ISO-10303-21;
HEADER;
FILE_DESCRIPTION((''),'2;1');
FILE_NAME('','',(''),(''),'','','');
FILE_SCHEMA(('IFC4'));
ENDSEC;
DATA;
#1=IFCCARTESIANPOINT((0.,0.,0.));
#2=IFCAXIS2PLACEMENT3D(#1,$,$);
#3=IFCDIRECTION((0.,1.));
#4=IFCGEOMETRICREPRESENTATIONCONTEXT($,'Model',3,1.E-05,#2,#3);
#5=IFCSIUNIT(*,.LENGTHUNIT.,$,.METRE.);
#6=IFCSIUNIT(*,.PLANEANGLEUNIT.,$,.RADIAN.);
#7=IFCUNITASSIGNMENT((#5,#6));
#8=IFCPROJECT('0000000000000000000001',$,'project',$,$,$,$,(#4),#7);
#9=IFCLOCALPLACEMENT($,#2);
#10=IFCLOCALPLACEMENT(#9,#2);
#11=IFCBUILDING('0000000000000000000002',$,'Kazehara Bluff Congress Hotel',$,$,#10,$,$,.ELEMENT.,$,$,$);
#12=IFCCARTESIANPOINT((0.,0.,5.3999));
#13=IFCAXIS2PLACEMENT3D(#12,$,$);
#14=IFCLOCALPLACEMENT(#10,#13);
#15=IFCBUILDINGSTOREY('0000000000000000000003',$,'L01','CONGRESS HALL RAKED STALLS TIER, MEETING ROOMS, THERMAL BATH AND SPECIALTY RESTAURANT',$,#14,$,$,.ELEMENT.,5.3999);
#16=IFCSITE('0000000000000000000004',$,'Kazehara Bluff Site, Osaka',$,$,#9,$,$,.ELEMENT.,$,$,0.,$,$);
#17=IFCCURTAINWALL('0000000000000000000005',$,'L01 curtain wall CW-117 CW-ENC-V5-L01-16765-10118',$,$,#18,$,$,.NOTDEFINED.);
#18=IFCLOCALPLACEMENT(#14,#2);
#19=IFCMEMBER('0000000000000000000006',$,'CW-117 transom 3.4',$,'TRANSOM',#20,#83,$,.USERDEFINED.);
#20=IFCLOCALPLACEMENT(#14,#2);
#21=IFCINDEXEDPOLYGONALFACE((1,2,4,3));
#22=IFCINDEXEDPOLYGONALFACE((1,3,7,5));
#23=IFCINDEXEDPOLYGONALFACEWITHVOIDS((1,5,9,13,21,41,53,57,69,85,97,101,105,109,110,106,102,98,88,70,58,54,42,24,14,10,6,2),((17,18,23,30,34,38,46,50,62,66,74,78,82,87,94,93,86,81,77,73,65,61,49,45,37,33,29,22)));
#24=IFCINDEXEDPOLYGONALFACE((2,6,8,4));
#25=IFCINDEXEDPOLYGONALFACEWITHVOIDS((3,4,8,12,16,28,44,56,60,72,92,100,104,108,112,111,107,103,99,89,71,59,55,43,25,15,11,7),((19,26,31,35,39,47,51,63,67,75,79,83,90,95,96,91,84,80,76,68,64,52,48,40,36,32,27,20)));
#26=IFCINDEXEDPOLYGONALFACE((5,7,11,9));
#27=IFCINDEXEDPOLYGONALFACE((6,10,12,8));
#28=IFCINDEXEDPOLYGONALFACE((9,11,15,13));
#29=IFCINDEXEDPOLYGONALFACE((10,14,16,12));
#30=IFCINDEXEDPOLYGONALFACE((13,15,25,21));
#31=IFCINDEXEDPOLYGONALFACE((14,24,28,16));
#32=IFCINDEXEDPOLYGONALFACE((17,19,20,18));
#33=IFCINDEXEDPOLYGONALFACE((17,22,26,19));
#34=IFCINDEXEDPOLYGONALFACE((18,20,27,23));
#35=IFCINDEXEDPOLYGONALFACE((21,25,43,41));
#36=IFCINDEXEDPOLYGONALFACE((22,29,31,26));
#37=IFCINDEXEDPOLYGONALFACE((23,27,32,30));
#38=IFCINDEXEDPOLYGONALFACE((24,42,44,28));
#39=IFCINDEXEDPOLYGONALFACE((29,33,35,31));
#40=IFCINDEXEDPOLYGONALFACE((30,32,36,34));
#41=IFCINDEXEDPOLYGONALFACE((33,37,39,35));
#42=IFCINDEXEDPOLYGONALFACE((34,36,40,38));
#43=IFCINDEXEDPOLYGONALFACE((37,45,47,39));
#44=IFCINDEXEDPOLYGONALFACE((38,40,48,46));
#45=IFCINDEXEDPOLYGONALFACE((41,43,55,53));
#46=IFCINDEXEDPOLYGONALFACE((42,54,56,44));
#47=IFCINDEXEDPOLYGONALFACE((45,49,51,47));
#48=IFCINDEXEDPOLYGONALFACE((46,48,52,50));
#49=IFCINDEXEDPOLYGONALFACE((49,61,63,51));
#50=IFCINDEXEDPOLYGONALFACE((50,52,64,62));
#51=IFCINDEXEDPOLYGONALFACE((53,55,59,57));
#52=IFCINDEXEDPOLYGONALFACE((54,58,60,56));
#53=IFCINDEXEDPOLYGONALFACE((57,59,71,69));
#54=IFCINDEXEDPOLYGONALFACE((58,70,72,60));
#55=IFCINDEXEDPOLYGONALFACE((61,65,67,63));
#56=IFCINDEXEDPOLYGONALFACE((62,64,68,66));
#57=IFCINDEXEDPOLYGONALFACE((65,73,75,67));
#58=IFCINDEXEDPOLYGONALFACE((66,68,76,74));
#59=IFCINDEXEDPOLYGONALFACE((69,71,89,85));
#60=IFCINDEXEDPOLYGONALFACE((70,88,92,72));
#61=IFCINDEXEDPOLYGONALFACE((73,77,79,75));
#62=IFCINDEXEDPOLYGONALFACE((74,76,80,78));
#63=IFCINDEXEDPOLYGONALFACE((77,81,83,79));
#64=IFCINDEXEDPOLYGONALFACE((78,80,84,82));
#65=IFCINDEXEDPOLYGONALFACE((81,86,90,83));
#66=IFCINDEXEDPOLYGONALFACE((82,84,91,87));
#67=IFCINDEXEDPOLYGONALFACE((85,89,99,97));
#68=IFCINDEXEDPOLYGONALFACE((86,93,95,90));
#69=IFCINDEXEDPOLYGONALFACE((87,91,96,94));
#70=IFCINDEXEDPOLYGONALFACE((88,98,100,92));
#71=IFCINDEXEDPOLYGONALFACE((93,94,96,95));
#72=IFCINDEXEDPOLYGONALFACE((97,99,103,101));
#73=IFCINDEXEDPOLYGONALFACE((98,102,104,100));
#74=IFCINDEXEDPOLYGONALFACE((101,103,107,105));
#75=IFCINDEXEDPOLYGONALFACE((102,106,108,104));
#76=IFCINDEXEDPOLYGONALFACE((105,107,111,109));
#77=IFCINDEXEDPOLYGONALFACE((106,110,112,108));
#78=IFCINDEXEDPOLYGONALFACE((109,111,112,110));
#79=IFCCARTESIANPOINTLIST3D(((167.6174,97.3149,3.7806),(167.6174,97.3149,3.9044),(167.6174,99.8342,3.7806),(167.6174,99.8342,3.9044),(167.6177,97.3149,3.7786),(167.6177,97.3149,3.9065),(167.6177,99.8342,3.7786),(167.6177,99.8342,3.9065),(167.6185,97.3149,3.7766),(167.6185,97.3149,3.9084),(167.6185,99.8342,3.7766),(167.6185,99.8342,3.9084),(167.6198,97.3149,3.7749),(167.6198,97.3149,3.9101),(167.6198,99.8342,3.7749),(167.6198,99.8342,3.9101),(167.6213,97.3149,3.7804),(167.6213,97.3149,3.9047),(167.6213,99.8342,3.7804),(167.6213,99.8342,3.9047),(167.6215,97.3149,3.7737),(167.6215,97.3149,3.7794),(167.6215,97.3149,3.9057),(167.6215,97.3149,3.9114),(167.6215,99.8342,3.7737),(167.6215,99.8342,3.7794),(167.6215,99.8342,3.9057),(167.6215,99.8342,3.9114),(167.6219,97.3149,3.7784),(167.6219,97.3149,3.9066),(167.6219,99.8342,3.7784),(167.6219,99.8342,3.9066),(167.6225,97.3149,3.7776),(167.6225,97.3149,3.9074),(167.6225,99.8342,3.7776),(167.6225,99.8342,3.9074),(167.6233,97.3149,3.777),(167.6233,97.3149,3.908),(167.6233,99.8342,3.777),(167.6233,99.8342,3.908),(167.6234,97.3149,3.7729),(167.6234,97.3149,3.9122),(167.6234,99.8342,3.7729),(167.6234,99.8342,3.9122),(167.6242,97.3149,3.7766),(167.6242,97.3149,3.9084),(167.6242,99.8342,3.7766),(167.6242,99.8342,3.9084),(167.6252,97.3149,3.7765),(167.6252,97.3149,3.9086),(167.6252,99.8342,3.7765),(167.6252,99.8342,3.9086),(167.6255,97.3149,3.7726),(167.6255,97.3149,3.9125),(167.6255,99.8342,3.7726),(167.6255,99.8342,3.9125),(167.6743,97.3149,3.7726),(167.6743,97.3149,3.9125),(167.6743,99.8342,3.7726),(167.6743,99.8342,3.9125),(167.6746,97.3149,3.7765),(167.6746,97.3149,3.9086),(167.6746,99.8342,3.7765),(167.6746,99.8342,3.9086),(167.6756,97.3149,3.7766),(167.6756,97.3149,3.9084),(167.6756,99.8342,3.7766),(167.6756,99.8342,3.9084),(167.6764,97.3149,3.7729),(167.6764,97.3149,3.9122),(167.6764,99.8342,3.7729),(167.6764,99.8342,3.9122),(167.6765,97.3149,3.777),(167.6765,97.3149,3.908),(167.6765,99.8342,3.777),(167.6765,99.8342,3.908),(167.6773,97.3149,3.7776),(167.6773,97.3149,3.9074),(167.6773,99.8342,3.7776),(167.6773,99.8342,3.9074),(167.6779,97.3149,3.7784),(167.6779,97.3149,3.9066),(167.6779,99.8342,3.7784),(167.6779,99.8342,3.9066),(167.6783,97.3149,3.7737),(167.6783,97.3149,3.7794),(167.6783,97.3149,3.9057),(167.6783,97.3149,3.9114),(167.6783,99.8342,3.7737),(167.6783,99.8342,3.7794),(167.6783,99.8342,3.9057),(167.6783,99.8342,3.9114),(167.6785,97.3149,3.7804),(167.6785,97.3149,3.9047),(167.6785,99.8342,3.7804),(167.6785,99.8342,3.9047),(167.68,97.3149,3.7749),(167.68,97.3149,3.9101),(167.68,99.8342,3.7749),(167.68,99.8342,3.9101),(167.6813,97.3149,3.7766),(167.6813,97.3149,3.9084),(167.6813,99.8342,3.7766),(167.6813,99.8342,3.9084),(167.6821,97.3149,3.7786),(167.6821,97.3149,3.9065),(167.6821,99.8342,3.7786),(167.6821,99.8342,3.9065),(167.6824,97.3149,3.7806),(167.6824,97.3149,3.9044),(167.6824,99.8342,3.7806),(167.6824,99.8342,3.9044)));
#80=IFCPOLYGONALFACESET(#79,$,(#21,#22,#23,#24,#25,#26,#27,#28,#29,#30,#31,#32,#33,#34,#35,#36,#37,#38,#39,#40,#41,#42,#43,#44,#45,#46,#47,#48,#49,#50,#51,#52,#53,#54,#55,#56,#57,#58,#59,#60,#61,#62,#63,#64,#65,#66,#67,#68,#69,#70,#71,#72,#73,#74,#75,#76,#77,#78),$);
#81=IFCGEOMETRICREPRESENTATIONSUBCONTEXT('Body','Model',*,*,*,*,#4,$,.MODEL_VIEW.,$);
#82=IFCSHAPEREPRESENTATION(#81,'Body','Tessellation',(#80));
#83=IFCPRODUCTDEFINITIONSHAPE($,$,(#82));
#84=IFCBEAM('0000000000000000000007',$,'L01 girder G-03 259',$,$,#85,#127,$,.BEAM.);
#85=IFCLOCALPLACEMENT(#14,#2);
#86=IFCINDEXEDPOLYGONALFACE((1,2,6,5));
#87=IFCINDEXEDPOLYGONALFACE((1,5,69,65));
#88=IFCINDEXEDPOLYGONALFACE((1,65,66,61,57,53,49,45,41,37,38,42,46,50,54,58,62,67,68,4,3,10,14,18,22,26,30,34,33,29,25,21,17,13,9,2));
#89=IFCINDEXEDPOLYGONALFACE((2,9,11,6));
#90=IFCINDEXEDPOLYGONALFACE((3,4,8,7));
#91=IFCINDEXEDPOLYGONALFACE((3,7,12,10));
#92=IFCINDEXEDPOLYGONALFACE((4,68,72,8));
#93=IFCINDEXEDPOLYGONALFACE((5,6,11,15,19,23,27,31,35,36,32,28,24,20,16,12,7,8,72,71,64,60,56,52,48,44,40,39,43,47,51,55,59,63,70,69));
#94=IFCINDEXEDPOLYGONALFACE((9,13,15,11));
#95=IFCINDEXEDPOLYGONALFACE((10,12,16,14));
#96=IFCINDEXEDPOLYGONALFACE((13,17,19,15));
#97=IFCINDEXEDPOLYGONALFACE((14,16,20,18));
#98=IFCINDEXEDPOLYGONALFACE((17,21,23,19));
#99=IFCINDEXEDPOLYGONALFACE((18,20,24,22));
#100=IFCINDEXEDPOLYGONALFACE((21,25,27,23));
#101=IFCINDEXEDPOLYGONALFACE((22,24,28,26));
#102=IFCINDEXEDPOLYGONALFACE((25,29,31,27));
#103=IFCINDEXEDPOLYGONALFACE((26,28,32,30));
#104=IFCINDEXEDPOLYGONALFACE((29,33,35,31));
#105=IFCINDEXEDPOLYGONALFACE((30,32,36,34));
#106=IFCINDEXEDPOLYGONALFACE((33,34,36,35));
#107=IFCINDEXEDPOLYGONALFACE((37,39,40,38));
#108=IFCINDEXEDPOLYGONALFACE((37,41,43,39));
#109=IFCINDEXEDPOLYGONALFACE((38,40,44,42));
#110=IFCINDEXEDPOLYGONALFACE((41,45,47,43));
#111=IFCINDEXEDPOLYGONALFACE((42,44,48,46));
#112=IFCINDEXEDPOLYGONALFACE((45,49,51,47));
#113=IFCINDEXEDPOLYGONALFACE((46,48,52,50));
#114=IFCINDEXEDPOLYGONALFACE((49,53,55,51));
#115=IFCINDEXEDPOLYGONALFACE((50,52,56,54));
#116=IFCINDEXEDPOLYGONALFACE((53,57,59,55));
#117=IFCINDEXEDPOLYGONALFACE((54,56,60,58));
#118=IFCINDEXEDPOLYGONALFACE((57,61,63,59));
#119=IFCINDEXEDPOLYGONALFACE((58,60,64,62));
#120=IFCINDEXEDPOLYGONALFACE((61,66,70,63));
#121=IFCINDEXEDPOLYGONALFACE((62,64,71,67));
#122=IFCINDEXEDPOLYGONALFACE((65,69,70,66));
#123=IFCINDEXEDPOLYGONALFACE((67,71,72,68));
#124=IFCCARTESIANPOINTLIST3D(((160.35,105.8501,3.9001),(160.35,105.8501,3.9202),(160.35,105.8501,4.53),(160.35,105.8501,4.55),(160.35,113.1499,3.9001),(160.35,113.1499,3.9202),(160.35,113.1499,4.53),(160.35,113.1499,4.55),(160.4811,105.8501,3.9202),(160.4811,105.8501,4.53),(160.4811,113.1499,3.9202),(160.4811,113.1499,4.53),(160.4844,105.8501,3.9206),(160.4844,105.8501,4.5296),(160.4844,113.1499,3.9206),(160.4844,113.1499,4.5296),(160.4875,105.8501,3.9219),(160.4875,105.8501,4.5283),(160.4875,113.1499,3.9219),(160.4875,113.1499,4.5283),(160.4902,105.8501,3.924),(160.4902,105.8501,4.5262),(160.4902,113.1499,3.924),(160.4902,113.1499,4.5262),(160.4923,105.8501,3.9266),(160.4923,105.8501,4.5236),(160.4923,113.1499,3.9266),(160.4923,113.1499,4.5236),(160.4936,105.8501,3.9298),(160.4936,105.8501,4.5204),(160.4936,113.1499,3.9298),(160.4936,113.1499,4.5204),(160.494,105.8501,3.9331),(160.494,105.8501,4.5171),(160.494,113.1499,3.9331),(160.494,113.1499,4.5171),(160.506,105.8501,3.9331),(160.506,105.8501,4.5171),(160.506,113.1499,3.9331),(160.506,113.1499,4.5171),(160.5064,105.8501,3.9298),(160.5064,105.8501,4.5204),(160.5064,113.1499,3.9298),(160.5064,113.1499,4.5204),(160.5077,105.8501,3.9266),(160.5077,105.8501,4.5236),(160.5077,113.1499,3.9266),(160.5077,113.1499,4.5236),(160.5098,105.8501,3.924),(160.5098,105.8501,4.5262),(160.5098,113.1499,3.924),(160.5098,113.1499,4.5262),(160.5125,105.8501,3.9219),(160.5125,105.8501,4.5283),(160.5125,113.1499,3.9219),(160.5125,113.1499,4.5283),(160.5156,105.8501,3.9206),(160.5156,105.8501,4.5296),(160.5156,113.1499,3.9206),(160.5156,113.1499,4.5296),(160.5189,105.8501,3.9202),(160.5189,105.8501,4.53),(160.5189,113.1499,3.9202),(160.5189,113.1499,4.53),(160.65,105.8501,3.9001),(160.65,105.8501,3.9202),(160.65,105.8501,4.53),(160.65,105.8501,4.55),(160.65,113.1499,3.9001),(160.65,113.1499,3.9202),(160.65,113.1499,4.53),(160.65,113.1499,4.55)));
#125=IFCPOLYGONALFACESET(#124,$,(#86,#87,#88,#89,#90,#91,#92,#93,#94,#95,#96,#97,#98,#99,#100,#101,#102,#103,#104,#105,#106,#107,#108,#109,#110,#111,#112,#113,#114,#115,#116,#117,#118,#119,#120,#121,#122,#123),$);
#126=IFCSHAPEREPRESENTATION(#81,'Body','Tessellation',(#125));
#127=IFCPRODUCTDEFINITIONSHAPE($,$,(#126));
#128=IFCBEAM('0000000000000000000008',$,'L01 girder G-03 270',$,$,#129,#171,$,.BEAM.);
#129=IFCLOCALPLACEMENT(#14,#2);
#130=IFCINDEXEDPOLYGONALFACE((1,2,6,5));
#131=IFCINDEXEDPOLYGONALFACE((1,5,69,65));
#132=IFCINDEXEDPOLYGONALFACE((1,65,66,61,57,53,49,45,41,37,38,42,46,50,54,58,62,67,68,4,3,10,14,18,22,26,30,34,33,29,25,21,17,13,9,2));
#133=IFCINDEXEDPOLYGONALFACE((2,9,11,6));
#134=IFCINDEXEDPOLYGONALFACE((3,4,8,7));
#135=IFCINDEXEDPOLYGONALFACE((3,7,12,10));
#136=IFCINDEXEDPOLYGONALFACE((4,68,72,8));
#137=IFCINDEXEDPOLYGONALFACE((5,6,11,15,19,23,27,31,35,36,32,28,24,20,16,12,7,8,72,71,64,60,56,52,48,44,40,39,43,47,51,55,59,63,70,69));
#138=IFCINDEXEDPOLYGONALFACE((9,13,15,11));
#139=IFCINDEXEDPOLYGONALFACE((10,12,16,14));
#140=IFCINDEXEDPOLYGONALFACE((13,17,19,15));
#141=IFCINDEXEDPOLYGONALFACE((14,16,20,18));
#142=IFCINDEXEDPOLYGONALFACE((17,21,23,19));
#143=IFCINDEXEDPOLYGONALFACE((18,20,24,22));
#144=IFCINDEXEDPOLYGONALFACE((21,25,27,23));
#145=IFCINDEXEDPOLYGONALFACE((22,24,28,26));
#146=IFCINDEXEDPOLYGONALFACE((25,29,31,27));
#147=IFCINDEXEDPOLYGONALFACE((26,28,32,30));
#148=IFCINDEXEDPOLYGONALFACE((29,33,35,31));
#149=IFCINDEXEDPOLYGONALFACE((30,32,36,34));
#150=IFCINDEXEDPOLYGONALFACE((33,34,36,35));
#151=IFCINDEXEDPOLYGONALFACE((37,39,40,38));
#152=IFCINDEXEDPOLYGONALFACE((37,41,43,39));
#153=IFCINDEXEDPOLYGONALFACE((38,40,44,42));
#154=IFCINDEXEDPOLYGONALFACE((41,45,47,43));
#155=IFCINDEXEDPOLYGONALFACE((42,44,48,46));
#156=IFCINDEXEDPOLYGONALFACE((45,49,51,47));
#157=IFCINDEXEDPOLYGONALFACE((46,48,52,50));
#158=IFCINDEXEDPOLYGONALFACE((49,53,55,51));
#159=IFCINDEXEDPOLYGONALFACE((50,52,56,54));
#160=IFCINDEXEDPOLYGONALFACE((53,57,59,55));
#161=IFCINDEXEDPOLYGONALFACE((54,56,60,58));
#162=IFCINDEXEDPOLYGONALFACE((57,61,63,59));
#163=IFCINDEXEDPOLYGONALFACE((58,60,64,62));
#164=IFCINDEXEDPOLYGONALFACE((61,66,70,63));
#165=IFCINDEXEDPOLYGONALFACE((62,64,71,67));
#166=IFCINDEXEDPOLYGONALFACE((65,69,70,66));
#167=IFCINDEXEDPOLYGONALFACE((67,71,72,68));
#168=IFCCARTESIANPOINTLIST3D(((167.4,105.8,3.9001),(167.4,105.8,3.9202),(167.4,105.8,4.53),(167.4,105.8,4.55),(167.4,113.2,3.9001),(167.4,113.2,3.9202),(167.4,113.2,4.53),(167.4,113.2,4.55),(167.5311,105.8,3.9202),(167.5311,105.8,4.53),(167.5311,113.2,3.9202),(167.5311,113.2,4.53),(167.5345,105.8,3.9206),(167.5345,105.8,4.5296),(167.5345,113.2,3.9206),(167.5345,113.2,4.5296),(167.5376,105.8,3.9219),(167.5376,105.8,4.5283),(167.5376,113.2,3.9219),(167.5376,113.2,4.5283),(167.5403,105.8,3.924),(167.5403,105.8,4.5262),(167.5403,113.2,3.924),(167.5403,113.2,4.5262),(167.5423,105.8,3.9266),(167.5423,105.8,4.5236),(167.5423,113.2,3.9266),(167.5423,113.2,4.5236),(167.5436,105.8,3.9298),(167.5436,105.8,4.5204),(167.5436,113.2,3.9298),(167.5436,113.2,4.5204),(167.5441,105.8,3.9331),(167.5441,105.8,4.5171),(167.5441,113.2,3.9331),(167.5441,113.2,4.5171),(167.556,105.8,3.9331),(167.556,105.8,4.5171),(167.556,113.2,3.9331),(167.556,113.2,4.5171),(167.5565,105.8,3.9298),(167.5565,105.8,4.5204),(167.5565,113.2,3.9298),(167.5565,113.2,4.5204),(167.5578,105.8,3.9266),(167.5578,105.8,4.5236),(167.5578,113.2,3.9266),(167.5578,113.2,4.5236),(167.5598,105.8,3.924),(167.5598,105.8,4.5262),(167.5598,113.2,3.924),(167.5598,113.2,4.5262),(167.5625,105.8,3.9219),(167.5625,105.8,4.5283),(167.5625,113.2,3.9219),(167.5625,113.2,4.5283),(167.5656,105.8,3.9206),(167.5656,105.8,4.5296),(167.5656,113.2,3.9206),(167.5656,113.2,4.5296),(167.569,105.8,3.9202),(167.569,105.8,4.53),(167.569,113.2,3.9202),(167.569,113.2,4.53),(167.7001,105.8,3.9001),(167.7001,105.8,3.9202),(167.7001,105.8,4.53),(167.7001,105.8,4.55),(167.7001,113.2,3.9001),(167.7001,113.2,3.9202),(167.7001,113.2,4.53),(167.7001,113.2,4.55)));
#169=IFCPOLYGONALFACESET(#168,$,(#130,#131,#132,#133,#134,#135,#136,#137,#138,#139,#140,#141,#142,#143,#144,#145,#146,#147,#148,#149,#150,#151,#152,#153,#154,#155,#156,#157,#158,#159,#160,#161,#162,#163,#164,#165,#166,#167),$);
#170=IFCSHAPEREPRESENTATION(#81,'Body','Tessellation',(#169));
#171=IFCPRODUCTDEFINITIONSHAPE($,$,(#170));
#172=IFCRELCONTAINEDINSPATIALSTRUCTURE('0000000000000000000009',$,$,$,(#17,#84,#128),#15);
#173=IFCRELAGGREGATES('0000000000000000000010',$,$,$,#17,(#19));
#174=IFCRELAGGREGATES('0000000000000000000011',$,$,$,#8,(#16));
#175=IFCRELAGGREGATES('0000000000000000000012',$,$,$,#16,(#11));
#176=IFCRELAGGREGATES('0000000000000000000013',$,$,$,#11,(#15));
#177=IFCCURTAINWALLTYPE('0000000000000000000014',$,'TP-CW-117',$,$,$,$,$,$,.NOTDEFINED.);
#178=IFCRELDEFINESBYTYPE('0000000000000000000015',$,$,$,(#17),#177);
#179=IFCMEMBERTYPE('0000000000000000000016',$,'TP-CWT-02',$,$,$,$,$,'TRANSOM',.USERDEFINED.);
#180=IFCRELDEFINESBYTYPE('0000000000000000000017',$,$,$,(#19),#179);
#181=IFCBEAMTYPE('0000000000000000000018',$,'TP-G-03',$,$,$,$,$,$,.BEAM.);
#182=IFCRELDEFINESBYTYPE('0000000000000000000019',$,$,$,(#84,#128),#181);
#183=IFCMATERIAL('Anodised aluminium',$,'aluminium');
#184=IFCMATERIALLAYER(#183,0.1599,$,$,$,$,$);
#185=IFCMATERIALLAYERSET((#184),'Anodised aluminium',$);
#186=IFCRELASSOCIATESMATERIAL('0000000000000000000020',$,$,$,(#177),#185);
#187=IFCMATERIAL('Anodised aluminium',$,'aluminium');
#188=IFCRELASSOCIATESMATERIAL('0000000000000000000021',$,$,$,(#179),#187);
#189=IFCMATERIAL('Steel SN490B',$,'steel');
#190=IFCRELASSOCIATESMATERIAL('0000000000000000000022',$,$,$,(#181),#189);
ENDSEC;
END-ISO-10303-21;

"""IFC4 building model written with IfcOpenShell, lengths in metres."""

from ifc_helpers import new_model, si_unit, direction, frame, origin, origin_2d, place, context, subcontext, project, spatial, hollow_rectangle, i_section, extrude, material, layer, layer_set, material_profile, profile_set, type_object, element, aggregate, save


model = new_model("IFC4")

# Units and contexts
model_context = context("Model", 3, precision=1e-05, world=origin(), true_north=direction((0.0, 1.0)))
body_context = subcontext(model_context, "Body", "Model", "MODEL_VIEW")
ifc_project = project(units=[si_unit("LENGTHUNIT", "METRE"), si_unit("PLANEANGLEUNIT", "RADIAN")], contexts=[model_context])

# Site, building, storey
site_placement = place(None, origin())
site = spatial("IfcSite", under=ifc_project, at=site_placement, Name="Kazehara Bluff Site, Osaka", CompositionType="ELEMENT", RefElevation=0.0)
building_placement = place(site_placement, origin())
building = spatial("IfcBuilding", under=site, at=building_placement, Name="Kazehara Bluff Congress Hotel", CompositionType="ELEMENT")
storey_placement = place(building_placement, frame((0.0, 0.0, 5.3999)))
storey = spatial("IfcBuildingStorey", under=building, at=storey_placement, Name="L01", Description="CONGRESS HALL RAKED STALLS TIER, MEETING ROOMS, THERMAL BATH AND SPECIALTY RESTAURANT", CompositionType="ELEMENT", Elevation=5.3999)

# Curtain wall
ifc_material_1 = material(Name="Anodised aluminium", Category="aluminium")
ifc_layer_1 = layer(ifc_material_1, 0.1599)
ifc_layer_set_1 = layer_set([ifc_layer_1], Name="Anodised aluminium")
curtain_wall_type_1 = type_object("IfcCurtainWallType", Name="TP-CW-117", PredefinedType="NOTDEFINED", material=ifc_layer_set_1)
curtain_wall_1_placement = place(storey_placement, origin())
curtain_wall_1 = element("IfcCurtainWall", 1, at=curtain_wall_1_placement, inside=storey, type_object=curtain_wall_type_1, Name="L01 curtain wall CW-117 CW-ENC-V5-L01-16765-10118", PredefinedType="NOTDEFINED")

# Member
ifc_material_2 = material(Name="Anodised aluminium", Category="aluminium")
ifc_material_profile_1 = material_profile(ifc_material_2, hollow_rectangle(XDim=0.0649, YDim=0.1399, WallThickness=0.0039, InnerFilletRadius=0.0039, OuterFilletRadius=0.0081, at=origin_2d()))
ifc_profile_set_1 = profile_set([ifc_material_profile_1], Name="Anodised aluminium")
member_type_1 = type_object("IfcMemberType", Name="TP-CWT-02", ElementType="TRANSOM", PredefinedType="USERDEFINED", material=ifc_profile_set_1)
member_1_placement = place(storey_placement, frame((167.6499, 99.8342, 3.8425), z_axis=(0.0, -1.0, 0.0), x_axis=(1.0, 0.0, 0.0)))
member_1 = element("IfcMember", 2, at=member_1_placement, type_object=member_type_1, Name="CW-117 transom 3.4", ObjectType="TRANSOM", PredefinedType="USERDEFINED", context=body_context, shape_type="SweptSolid", body=[
    extrude(hollow_rectangle(XDim=0.0649, YDim=0.1399, WallThickness=0.0039, InnerFilletRadius=0.0039, OuterFilletRadius=0.0081, at=origin_2d()), origin(), (0.0, 0.0, 1.0), 2.5193),
])

# Beams
ifc_material_3 = material(Name="Steel SN490B", Category="steel")
ifc_material_profile_2 = material_profile(ifc_material_3, i_section(OverallWidth=0.3, OverallDepth=0.6499, WebThickness=0.012, FlangeThickness=0.02, FilletRadius=0.0129, at=origin_2d()))
ifc_profile_set_2 = profile_set([ifc_material_profile_2], Name="Steel SN490B")
beam_type_1 = type_object("IfcBeamType", Name="TP-G-03", PredefinedType="BEAM", material=ifc_profile_set_2)
beam_1_placement = place(storey_placement, frame((160.5, 105.8501, 4.2251), z_axis=(0.0, 1.0, 0.0), x_axis=(-1.0, 0.0, 0.0)))
element("IfcBeam", 3, at=beam_1_placement, inside=storey, type_object=beam_type_1, Name="L01 girder G-03 259", PredefinedType="BEAM", context=body_context, shape_type="SweptSolid", body=[
    extrude(i_section(OverallWidth=0.3, OverallDepth=0.6499, WebThickness=0.012, FlangeThickness=0.02, FilletRadius=0.0129, at=origin_2d()), origin(), (0.0, 0.0, 1.0), 7.2998),
])
beam_2_placement = place(storey_placement, frame((167.55, 105.8, 4.2251), z_axis=(0.0, 1.0, 0.0), x_axis=(-1.0, 0.0, 0.0)))
element("IfcBeam", 4, at=beam_2_placement, inside=storey, type_object=beam_type_1, Name="L01 girder G-03 270", PredefinedType="BEAM", context=body_context, shape_type="SweptSolid", body=[
    extrude(i_section(OverallWidth=0.3, OverallDepth=0.6499, WebThickness=0.012, FlangeThickness=0.02, FilletRadius=0.0129, at=origin_2d()), origin(), (0.0, 0.0, 1.0), 7.3999),
])

aggregate(curtain_wall_1, [member_1])

save(model, "model.ifc")
